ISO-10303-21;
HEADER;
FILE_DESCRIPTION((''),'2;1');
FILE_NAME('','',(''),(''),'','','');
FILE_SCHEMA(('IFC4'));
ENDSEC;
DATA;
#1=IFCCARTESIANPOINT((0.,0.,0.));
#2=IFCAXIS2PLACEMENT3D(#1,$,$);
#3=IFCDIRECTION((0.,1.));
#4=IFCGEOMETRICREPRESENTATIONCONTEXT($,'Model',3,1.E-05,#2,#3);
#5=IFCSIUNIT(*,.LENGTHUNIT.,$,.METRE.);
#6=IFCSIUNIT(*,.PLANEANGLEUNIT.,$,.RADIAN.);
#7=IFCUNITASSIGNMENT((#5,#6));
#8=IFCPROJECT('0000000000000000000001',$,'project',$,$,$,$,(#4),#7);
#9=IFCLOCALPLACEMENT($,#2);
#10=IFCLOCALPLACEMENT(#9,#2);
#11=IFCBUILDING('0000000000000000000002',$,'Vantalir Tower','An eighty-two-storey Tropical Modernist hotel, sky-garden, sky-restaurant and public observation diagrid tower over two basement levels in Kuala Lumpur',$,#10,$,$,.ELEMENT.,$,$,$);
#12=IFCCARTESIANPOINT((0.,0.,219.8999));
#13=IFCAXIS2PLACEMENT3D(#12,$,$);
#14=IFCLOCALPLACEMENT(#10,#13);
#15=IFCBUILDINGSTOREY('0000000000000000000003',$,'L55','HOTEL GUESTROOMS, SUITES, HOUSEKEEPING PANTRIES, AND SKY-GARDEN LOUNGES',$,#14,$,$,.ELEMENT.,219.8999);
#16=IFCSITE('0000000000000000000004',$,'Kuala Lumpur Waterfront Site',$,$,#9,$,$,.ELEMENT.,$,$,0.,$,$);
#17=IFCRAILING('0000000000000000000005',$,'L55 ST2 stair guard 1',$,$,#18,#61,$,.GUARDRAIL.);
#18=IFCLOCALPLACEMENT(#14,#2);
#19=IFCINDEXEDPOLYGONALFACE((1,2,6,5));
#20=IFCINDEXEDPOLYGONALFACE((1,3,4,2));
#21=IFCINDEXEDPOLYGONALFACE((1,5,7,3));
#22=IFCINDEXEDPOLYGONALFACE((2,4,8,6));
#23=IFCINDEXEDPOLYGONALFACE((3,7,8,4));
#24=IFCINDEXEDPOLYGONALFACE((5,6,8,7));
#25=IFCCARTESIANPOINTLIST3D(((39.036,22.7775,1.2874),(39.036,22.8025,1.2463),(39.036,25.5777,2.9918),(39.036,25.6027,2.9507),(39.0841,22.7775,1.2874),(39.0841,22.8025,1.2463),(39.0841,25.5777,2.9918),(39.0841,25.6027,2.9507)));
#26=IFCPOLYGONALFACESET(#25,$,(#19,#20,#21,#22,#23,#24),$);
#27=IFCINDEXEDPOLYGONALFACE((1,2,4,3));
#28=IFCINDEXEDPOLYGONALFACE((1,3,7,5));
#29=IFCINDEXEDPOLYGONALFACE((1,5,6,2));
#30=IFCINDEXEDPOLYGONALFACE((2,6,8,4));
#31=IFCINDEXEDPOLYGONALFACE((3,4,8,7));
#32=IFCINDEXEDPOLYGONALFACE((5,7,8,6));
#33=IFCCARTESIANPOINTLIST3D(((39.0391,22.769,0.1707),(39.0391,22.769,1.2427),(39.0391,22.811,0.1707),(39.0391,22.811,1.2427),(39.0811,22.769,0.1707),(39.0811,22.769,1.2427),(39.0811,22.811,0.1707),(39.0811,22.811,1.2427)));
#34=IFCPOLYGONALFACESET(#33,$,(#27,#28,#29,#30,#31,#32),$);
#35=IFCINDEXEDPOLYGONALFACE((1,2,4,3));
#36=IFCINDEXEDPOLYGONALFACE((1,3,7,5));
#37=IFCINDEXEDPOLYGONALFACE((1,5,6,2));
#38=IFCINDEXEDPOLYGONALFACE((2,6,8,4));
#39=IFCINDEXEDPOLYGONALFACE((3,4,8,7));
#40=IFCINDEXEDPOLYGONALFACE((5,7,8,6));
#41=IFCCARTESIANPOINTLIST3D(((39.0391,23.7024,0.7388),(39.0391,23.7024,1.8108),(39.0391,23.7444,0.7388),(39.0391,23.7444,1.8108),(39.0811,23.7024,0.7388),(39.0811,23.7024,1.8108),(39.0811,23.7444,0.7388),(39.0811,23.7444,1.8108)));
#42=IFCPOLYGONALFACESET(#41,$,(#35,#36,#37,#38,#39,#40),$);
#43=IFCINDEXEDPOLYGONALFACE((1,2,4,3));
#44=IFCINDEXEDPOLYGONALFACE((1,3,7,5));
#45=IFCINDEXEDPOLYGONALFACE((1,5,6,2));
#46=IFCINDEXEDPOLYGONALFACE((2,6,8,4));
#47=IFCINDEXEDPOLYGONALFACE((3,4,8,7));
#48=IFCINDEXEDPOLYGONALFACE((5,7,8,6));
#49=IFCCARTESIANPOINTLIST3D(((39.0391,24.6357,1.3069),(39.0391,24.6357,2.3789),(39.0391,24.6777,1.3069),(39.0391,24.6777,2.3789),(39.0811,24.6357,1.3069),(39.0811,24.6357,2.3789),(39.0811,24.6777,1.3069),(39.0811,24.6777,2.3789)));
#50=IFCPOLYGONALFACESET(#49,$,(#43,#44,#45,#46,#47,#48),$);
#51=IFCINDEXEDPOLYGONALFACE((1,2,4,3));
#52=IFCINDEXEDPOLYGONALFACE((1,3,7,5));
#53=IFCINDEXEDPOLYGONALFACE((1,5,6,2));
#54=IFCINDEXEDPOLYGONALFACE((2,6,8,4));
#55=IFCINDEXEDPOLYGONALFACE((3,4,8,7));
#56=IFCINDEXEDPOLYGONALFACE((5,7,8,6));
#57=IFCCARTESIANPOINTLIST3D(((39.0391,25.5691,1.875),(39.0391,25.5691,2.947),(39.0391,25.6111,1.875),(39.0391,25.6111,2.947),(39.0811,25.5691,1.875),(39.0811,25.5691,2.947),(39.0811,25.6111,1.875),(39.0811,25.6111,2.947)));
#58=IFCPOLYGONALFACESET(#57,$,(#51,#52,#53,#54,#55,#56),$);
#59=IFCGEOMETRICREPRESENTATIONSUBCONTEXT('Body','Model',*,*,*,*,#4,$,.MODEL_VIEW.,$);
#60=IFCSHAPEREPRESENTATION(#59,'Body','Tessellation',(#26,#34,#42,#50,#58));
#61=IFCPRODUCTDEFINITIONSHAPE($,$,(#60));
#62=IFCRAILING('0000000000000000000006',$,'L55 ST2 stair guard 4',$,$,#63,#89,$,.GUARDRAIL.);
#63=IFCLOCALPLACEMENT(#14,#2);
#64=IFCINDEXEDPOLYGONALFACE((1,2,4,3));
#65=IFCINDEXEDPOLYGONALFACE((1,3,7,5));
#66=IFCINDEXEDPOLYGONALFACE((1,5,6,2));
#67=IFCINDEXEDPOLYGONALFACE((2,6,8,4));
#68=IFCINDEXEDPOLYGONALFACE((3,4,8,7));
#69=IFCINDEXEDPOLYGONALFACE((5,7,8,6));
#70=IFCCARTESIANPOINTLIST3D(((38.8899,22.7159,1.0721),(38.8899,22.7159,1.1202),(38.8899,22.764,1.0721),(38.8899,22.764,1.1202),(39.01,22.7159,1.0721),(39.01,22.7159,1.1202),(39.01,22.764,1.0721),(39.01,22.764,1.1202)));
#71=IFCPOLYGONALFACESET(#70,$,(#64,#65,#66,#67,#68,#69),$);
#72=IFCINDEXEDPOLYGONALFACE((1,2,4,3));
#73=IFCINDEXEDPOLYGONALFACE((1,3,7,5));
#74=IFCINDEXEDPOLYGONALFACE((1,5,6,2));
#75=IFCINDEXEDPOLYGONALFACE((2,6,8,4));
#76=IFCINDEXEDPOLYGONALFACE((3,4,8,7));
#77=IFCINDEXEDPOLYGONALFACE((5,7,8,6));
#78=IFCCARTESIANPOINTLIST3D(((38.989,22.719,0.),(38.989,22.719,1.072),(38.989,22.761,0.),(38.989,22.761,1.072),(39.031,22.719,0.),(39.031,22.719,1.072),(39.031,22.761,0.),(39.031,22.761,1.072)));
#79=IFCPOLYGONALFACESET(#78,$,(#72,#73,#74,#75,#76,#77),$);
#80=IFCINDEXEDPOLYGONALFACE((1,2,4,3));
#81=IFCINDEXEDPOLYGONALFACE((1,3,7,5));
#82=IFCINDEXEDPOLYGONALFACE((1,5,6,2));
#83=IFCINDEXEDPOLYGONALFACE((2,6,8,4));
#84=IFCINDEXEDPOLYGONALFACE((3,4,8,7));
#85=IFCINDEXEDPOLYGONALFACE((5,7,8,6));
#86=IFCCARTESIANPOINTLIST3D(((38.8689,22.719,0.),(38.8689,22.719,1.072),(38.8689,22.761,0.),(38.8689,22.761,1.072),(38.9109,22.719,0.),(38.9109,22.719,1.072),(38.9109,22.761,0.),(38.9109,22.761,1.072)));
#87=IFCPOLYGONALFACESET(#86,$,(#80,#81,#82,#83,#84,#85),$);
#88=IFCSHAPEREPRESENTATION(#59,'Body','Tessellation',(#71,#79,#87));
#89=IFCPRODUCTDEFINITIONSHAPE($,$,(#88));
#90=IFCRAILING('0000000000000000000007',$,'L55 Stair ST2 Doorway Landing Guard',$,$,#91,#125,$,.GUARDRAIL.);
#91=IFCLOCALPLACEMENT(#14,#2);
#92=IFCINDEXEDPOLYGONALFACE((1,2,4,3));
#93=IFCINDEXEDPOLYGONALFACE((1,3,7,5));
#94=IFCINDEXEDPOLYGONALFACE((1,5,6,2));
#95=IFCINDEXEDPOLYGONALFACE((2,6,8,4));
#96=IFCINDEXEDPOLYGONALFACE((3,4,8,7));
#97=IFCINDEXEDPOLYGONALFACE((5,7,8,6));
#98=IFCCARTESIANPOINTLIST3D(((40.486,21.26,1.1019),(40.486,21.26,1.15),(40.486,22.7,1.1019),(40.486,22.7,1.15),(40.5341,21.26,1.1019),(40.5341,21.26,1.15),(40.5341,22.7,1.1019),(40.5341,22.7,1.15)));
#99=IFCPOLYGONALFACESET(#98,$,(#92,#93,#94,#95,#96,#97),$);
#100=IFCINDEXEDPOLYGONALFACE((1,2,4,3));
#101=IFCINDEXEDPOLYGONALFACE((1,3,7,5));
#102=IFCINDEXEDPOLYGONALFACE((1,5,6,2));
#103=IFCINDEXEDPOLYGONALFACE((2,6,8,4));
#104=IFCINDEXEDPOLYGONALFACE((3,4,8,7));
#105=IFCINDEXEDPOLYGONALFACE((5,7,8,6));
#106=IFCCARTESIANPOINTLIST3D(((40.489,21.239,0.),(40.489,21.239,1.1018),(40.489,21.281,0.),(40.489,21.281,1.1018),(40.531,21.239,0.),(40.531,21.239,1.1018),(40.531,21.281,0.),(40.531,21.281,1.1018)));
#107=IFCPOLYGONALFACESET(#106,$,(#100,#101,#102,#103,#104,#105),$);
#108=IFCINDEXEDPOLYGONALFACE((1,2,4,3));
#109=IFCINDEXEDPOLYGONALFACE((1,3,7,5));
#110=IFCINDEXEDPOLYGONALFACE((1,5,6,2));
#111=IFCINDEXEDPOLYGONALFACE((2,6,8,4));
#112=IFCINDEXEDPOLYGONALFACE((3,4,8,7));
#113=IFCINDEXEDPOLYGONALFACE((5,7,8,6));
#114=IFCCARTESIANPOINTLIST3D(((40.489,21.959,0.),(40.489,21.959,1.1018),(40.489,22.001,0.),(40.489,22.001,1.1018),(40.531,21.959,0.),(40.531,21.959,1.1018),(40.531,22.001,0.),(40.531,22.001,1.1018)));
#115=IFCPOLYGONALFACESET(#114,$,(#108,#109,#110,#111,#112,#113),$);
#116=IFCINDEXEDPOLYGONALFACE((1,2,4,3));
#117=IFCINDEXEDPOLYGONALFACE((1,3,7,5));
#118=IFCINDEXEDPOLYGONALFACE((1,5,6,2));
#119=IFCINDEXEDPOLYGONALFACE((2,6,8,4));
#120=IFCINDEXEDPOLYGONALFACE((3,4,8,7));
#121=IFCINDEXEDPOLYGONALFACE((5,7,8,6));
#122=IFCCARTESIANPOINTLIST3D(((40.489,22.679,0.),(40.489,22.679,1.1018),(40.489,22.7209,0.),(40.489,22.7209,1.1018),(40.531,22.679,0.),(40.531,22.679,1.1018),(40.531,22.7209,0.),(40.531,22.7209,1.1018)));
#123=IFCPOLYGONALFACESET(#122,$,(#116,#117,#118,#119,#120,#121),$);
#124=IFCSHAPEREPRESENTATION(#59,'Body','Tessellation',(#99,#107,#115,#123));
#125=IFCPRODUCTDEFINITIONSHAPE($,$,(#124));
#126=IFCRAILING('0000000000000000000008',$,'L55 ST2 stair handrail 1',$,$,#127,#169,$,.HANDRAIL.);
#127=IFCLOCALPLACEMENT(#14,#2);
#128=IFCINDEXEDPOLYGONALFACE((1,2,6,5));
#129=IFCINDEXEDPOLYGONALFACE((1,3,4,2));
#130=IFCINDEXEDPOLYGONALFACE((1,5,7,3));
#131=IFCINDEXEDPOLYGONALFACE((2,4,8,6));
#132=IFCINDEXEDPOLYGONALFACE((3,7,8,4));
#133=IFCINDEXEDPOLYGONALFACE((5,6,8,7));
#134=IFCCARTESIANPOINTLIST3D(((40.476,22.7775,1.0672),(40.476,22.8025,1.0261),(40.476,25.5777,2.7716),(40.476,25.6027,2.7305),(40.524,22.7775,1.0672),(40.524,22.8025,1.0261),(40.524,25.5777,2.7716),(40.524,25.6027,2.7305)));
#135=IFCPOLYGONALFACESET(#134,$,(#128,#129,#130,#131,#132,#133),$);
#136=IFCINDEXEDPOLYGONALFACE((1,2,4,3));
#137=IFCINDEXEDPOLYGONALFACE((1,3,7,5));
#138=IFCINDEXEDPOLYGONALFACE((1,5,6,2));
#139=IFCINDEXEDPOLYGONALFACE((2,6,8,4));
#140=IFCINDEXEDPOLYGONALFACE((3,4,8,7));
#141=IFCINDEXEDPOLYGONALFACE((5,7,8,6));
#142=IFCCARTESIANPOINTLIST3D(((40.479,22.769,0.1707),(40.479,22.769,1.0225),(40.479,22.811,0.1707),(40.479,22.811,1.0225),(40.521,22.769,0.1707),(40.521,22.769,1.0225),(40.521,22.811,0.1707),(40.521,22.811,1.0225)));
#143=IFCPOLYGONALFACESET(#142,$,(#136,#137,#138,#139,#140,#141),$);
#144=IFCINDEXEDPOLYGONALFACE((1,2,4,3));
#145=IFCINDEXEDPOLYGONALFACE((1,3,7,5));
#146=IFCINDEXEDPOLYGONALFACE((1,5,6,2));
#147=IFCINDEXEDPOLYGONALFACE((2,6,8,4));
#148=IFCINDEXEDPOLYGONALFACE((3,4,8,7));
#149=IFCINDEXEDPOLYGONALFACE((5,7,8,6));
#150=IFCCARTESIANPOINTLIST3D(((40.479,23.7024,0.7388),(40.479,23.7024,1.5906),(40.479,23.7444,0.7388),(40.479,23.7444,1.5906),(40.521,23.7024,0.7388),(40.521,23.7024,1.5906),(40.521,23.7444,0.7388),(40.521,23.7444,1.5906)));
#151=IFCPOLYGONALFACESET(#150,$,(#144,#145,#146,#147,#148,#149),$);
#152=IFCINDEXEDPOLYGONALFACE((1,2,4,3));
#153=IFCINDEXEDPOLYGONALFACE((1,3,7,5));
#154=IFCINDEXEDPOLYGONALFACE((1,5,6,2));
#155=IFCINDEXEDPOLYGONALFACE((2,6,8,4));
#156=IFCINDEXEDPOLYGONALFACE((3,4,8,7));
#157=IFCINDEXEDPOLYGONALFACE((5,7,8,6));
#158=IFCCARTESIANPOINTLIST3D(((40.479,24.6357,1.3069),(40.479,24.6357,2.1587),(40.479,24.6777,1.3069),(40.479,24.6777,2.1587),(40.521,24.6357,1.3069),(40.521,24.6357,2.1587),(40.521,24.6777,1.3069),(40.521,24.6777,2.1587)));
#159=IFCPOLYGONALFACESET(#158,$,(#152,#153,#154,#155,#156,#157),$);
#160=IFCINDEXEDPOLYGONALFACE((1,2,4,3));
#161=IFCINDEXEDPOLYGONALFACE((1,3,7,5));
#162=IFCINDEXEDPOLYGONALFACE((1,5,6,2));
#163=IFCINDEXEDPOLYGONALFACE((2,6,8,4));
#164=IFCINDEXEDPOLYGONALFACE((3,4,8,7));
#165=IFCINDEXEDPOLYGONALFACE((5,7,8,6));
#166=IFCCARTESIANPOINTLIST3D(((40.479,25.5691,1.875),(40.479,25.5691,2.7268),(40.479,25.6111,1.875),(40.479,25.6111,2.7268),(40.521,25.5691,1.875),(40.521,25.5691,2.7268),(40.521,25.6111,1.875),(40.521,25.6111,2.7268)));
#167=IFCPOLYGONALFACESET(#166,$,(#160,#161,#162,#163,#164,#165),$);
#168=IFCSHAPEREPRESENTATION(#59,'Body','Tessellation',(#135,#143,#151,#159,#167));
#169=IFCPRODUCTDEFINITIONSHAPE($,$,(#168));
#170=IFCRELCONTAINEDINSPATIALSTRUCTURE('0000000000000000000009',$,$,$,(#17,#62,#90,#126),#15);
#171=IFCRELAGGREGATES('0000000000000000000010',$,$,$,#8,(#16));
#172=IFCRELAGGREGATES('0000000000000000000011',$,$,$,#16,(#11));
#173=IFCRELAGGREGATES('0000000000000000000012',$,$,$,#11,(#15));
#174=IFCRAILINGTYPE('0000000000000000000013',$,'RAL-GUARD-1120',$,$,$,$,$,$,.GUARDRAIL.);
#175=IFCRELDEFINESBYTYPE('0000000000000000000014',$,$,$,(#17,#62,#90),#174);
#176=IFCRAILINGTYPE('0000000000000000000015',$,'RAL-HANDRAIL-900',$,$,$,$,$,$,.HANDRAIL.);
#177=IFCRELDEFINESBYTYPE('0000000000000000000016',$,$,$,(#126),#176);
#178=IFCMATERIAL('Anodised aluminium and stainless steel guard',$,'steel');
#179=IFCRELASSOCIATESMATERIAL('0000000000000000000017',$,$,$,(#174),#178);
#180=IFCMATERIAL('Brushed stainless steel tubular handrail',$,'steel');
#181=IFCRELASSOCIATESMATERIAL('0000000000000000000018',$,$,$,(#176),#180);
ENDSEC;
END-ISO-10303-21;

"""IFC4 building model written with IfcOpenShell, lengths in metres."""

from ifc_helpers import new_model, si_unit, direction, frame, origin, origin_2d, place, context, subcontext, project, spatial, rectangle, extrude, material, type_object, element, save


model = new_model("IFC4")

# Units and contexts
model_context = context("Model", 3, precision=1e-05, world=origin(), true_north=direction((0.0, 1.0)))
body_context = subcontext(model_context, "Body", "Model", "MODEL_VIEW")
ifc_project = project(units=[si_unit("LENGTHUNIT", "METRE"), si_unit("PLANEANGLEUNIT", "RADIAN")], contexts=[model_context])

# Site, building, storey
site_placement = place(None, origin())
site = spatial("IfcSite", under=ifc_project, at=site_placement, Name="Kuala Lumpur Waterfront Site", CompositionType="ELEMENT", RefElevation=0.0)
building_placement = place(site_placement, origin())
building = spatial("IfcBuilding", under=site, at=building_placement, Name="Vantalir Tower", Description="An eighty-two-storey Tropical Modernist hotel, sky-garden, sky-restaurant and public observation diagrid tower over two basement levels in Kuala Lumpur", CompositionType="ELEMENT")
storey_placement = place(building_placement, frame((0.0, 0.0, 219.8999)))
storey = spatial("IfcBuildingStorey", under=building, at=storey_placement, Name="L55", Description="HOTEL GUESTROOMS, SUITES, HOUSEKEEPING PANTRIES, AND SKY-GARDEN LOUNGES", CompositionType="ELEMENT", Elevation=219.8999)

# Railings
ifc_material_1 = material(Name="Anodised aluminium and stainless steel guard", Category="steel")
railing_type_1 = type_object("IfcRailingType", Name="RAL-GUARD-1120", PredefinedType="GUARDRAIL", material=ifc_material_1)
railing_1_placement = place(storey_placement, frame((39.0601, 22.79, 0.1707)))
element("IfcRailing", 1, at=railing_1_placement, inside=storey, type_object=railing_type_1, Name="L55 ST2 stair guard 1", PredefinedType="GUARDRAIL", context=body_context, shape_type="SweptSolid", body=[
    extrude(rectangle(XDim=0.0481, YDim=0.0481, at=origin_2d()), frame((0.0, 0.0, 1.0962), z_axis=(0.0, 0.854203, 0.51994), x_axis=(-1.0, 0.0, 0.0)), (0.0, 0.0, 1.0), 3.2781),
    extrude(rectangle(XDim=0.042, YDim=0.042, at=origin_2d()), origin(), (0.0, 0.0, 1.0), 1.072),
    extrude(rectangle(XDim=0.042, YDim=0.042, at=origin_2d()), frame((0.0, 0.9333, 0.5681)), (0.0, 0.0, 1.0), 1.072),
    extrude(rectangle(XDim=0.042, YDim=0.042, at=origin_2d()), frame((0.0, 1.8667, 1.1362)), (0.0, 0.0, 1.0), 1.072),
    extrude(rectangle(XDim=0.042, YDim=0.042, at=origin_2d()), frame((0.0, 2.8, 1.7043)), (0.0, 0.0, 1.0), 1.072),
])
railing_2_placement = place(storey_placement, frame((39.01, 22.74, 0.0)))
element("IfcRailing", 2, at=railing_2_placement, inside=storey, type_object=railing_type_1, Name="L55 ST2 stair guard 4", PredefinedType="GUARDRAIL", context=body_context, shape_type="SweptSolid", body=[
    extrude(rectangle(XDim=0.0481, YDim=0.0481, at=origin_2d()), frame((0.0, 0.0, 1.0962), z_axis=(-1.0, 0.0, 0.0), x_axis=(0.0, -1.0, 0.0)), (0.0, 0.0, 1.0), 0.1201),
    extrude(rectangle(XDim=0.042, YDim=0.042, at=origin_2d()), origin(), (0.0, 0.0, 1.0), 1.072),
    extrude(rectangle(XDim=0.042, YDim=0.042, at=origin_2d()), frame((-0.1201, 0.0, 0.0)), (0.0, 0.0, 1.0), 1.072),
])
railing_3_placement = place(storey_placement, frame((40.51, 21.26, 0.0)))
element("IfcRailing", 3, at=railing_3_placement, inside=storey, type_object=railing_type_1, Name="L55 Stair ST2 Doorway Landing Guard", PredefinedType="GUARDRAIL", context=body_context, shape_type="SweptSolid", body=[
    extrude(rectangle(XDim=0.0481, YDim=0.0481, at=origin_2d()), frame((0.0, 0.0, 1.126), z_axis=(0.0, 1.0, 0.0), x_axis=(-1.0, 0.0, 0.0)), (0.0, 0.0, 1.0), 1.4399),
    extrude(rectangle(XDim=0.042, YDim=0.042, at=origin_2d()), origin(), (0.0, 0.0, 1.0), 1.1018),
    extrude(rectangle(XDim=0.042, YDim=0.042, at=origin_2d()), frame((0.0, 0.72, 0.0)), (0.0, 0.0, 1.0), 1.1018),
    extrude(rectangle(XDim=0.042, YDim=0.042, at=origin_2d()), frame((0.0, 1.4399, 0.0)), (0.0, 0.0, 1.0), 1.1018),
])
ifc_material_2 = material(Name="Brushed stainless steel tubular handrail", Category="steel")
railing_type_2 = type_object("IfcRailingType", Name="RAL-HANDRAIL-900", PredefinedType="HANDRAIL", material=ifc_material_2)
railing_4_placement = place(storey_placement, frame((40.5, 22.79, 0.1707)))
element("IfcRailing", 4, at=railing_4_placement, inside=storey, type_object=railing_type_2, Name="L55 ST2 stair handrail 1", PredefinedType="HANDRAIL", context=body_context, shape_type="SweptSolid", body=[
    extrude(rectangle(XDim=0.0481, YDim=0.0481, at=origin_2d()), frame((0.0, 0.0, 0.876), z_axis=(0.0, 0.854203, 0.51994), x_axis=(-1.0, 0.0, 0.0)), (0.0, 0.0, 1.0), 3.2781),
    extrude(rectangle(XDim=0.042, YDim=0.042, at=origin_2d()), origin(), (0.0, 0.0, 1.0), 0.8518),
    extrude(rectangle(XDim=0.042, YDim=0.042, at=origin_2d()), frame((0.0, 0.9333, 0.5681)), (0.0, 0.0, 1.0), 0.8518),
    extrude(rectangle(XDim=0.042, YDim=0.042, at=origin_2d()), frame((0.0, 1.8667, 1.1362)), (0.0, 0.0, 1.0), 0.8518),
    extrude(rectangle(XDim=0.042, YDim=0.042, at=origin_2d()), frame((0.0, 2.8, 1.7043)), (0.0, 0.0, 1.0), 0.8518),
])

save(model, "model.ifc")
